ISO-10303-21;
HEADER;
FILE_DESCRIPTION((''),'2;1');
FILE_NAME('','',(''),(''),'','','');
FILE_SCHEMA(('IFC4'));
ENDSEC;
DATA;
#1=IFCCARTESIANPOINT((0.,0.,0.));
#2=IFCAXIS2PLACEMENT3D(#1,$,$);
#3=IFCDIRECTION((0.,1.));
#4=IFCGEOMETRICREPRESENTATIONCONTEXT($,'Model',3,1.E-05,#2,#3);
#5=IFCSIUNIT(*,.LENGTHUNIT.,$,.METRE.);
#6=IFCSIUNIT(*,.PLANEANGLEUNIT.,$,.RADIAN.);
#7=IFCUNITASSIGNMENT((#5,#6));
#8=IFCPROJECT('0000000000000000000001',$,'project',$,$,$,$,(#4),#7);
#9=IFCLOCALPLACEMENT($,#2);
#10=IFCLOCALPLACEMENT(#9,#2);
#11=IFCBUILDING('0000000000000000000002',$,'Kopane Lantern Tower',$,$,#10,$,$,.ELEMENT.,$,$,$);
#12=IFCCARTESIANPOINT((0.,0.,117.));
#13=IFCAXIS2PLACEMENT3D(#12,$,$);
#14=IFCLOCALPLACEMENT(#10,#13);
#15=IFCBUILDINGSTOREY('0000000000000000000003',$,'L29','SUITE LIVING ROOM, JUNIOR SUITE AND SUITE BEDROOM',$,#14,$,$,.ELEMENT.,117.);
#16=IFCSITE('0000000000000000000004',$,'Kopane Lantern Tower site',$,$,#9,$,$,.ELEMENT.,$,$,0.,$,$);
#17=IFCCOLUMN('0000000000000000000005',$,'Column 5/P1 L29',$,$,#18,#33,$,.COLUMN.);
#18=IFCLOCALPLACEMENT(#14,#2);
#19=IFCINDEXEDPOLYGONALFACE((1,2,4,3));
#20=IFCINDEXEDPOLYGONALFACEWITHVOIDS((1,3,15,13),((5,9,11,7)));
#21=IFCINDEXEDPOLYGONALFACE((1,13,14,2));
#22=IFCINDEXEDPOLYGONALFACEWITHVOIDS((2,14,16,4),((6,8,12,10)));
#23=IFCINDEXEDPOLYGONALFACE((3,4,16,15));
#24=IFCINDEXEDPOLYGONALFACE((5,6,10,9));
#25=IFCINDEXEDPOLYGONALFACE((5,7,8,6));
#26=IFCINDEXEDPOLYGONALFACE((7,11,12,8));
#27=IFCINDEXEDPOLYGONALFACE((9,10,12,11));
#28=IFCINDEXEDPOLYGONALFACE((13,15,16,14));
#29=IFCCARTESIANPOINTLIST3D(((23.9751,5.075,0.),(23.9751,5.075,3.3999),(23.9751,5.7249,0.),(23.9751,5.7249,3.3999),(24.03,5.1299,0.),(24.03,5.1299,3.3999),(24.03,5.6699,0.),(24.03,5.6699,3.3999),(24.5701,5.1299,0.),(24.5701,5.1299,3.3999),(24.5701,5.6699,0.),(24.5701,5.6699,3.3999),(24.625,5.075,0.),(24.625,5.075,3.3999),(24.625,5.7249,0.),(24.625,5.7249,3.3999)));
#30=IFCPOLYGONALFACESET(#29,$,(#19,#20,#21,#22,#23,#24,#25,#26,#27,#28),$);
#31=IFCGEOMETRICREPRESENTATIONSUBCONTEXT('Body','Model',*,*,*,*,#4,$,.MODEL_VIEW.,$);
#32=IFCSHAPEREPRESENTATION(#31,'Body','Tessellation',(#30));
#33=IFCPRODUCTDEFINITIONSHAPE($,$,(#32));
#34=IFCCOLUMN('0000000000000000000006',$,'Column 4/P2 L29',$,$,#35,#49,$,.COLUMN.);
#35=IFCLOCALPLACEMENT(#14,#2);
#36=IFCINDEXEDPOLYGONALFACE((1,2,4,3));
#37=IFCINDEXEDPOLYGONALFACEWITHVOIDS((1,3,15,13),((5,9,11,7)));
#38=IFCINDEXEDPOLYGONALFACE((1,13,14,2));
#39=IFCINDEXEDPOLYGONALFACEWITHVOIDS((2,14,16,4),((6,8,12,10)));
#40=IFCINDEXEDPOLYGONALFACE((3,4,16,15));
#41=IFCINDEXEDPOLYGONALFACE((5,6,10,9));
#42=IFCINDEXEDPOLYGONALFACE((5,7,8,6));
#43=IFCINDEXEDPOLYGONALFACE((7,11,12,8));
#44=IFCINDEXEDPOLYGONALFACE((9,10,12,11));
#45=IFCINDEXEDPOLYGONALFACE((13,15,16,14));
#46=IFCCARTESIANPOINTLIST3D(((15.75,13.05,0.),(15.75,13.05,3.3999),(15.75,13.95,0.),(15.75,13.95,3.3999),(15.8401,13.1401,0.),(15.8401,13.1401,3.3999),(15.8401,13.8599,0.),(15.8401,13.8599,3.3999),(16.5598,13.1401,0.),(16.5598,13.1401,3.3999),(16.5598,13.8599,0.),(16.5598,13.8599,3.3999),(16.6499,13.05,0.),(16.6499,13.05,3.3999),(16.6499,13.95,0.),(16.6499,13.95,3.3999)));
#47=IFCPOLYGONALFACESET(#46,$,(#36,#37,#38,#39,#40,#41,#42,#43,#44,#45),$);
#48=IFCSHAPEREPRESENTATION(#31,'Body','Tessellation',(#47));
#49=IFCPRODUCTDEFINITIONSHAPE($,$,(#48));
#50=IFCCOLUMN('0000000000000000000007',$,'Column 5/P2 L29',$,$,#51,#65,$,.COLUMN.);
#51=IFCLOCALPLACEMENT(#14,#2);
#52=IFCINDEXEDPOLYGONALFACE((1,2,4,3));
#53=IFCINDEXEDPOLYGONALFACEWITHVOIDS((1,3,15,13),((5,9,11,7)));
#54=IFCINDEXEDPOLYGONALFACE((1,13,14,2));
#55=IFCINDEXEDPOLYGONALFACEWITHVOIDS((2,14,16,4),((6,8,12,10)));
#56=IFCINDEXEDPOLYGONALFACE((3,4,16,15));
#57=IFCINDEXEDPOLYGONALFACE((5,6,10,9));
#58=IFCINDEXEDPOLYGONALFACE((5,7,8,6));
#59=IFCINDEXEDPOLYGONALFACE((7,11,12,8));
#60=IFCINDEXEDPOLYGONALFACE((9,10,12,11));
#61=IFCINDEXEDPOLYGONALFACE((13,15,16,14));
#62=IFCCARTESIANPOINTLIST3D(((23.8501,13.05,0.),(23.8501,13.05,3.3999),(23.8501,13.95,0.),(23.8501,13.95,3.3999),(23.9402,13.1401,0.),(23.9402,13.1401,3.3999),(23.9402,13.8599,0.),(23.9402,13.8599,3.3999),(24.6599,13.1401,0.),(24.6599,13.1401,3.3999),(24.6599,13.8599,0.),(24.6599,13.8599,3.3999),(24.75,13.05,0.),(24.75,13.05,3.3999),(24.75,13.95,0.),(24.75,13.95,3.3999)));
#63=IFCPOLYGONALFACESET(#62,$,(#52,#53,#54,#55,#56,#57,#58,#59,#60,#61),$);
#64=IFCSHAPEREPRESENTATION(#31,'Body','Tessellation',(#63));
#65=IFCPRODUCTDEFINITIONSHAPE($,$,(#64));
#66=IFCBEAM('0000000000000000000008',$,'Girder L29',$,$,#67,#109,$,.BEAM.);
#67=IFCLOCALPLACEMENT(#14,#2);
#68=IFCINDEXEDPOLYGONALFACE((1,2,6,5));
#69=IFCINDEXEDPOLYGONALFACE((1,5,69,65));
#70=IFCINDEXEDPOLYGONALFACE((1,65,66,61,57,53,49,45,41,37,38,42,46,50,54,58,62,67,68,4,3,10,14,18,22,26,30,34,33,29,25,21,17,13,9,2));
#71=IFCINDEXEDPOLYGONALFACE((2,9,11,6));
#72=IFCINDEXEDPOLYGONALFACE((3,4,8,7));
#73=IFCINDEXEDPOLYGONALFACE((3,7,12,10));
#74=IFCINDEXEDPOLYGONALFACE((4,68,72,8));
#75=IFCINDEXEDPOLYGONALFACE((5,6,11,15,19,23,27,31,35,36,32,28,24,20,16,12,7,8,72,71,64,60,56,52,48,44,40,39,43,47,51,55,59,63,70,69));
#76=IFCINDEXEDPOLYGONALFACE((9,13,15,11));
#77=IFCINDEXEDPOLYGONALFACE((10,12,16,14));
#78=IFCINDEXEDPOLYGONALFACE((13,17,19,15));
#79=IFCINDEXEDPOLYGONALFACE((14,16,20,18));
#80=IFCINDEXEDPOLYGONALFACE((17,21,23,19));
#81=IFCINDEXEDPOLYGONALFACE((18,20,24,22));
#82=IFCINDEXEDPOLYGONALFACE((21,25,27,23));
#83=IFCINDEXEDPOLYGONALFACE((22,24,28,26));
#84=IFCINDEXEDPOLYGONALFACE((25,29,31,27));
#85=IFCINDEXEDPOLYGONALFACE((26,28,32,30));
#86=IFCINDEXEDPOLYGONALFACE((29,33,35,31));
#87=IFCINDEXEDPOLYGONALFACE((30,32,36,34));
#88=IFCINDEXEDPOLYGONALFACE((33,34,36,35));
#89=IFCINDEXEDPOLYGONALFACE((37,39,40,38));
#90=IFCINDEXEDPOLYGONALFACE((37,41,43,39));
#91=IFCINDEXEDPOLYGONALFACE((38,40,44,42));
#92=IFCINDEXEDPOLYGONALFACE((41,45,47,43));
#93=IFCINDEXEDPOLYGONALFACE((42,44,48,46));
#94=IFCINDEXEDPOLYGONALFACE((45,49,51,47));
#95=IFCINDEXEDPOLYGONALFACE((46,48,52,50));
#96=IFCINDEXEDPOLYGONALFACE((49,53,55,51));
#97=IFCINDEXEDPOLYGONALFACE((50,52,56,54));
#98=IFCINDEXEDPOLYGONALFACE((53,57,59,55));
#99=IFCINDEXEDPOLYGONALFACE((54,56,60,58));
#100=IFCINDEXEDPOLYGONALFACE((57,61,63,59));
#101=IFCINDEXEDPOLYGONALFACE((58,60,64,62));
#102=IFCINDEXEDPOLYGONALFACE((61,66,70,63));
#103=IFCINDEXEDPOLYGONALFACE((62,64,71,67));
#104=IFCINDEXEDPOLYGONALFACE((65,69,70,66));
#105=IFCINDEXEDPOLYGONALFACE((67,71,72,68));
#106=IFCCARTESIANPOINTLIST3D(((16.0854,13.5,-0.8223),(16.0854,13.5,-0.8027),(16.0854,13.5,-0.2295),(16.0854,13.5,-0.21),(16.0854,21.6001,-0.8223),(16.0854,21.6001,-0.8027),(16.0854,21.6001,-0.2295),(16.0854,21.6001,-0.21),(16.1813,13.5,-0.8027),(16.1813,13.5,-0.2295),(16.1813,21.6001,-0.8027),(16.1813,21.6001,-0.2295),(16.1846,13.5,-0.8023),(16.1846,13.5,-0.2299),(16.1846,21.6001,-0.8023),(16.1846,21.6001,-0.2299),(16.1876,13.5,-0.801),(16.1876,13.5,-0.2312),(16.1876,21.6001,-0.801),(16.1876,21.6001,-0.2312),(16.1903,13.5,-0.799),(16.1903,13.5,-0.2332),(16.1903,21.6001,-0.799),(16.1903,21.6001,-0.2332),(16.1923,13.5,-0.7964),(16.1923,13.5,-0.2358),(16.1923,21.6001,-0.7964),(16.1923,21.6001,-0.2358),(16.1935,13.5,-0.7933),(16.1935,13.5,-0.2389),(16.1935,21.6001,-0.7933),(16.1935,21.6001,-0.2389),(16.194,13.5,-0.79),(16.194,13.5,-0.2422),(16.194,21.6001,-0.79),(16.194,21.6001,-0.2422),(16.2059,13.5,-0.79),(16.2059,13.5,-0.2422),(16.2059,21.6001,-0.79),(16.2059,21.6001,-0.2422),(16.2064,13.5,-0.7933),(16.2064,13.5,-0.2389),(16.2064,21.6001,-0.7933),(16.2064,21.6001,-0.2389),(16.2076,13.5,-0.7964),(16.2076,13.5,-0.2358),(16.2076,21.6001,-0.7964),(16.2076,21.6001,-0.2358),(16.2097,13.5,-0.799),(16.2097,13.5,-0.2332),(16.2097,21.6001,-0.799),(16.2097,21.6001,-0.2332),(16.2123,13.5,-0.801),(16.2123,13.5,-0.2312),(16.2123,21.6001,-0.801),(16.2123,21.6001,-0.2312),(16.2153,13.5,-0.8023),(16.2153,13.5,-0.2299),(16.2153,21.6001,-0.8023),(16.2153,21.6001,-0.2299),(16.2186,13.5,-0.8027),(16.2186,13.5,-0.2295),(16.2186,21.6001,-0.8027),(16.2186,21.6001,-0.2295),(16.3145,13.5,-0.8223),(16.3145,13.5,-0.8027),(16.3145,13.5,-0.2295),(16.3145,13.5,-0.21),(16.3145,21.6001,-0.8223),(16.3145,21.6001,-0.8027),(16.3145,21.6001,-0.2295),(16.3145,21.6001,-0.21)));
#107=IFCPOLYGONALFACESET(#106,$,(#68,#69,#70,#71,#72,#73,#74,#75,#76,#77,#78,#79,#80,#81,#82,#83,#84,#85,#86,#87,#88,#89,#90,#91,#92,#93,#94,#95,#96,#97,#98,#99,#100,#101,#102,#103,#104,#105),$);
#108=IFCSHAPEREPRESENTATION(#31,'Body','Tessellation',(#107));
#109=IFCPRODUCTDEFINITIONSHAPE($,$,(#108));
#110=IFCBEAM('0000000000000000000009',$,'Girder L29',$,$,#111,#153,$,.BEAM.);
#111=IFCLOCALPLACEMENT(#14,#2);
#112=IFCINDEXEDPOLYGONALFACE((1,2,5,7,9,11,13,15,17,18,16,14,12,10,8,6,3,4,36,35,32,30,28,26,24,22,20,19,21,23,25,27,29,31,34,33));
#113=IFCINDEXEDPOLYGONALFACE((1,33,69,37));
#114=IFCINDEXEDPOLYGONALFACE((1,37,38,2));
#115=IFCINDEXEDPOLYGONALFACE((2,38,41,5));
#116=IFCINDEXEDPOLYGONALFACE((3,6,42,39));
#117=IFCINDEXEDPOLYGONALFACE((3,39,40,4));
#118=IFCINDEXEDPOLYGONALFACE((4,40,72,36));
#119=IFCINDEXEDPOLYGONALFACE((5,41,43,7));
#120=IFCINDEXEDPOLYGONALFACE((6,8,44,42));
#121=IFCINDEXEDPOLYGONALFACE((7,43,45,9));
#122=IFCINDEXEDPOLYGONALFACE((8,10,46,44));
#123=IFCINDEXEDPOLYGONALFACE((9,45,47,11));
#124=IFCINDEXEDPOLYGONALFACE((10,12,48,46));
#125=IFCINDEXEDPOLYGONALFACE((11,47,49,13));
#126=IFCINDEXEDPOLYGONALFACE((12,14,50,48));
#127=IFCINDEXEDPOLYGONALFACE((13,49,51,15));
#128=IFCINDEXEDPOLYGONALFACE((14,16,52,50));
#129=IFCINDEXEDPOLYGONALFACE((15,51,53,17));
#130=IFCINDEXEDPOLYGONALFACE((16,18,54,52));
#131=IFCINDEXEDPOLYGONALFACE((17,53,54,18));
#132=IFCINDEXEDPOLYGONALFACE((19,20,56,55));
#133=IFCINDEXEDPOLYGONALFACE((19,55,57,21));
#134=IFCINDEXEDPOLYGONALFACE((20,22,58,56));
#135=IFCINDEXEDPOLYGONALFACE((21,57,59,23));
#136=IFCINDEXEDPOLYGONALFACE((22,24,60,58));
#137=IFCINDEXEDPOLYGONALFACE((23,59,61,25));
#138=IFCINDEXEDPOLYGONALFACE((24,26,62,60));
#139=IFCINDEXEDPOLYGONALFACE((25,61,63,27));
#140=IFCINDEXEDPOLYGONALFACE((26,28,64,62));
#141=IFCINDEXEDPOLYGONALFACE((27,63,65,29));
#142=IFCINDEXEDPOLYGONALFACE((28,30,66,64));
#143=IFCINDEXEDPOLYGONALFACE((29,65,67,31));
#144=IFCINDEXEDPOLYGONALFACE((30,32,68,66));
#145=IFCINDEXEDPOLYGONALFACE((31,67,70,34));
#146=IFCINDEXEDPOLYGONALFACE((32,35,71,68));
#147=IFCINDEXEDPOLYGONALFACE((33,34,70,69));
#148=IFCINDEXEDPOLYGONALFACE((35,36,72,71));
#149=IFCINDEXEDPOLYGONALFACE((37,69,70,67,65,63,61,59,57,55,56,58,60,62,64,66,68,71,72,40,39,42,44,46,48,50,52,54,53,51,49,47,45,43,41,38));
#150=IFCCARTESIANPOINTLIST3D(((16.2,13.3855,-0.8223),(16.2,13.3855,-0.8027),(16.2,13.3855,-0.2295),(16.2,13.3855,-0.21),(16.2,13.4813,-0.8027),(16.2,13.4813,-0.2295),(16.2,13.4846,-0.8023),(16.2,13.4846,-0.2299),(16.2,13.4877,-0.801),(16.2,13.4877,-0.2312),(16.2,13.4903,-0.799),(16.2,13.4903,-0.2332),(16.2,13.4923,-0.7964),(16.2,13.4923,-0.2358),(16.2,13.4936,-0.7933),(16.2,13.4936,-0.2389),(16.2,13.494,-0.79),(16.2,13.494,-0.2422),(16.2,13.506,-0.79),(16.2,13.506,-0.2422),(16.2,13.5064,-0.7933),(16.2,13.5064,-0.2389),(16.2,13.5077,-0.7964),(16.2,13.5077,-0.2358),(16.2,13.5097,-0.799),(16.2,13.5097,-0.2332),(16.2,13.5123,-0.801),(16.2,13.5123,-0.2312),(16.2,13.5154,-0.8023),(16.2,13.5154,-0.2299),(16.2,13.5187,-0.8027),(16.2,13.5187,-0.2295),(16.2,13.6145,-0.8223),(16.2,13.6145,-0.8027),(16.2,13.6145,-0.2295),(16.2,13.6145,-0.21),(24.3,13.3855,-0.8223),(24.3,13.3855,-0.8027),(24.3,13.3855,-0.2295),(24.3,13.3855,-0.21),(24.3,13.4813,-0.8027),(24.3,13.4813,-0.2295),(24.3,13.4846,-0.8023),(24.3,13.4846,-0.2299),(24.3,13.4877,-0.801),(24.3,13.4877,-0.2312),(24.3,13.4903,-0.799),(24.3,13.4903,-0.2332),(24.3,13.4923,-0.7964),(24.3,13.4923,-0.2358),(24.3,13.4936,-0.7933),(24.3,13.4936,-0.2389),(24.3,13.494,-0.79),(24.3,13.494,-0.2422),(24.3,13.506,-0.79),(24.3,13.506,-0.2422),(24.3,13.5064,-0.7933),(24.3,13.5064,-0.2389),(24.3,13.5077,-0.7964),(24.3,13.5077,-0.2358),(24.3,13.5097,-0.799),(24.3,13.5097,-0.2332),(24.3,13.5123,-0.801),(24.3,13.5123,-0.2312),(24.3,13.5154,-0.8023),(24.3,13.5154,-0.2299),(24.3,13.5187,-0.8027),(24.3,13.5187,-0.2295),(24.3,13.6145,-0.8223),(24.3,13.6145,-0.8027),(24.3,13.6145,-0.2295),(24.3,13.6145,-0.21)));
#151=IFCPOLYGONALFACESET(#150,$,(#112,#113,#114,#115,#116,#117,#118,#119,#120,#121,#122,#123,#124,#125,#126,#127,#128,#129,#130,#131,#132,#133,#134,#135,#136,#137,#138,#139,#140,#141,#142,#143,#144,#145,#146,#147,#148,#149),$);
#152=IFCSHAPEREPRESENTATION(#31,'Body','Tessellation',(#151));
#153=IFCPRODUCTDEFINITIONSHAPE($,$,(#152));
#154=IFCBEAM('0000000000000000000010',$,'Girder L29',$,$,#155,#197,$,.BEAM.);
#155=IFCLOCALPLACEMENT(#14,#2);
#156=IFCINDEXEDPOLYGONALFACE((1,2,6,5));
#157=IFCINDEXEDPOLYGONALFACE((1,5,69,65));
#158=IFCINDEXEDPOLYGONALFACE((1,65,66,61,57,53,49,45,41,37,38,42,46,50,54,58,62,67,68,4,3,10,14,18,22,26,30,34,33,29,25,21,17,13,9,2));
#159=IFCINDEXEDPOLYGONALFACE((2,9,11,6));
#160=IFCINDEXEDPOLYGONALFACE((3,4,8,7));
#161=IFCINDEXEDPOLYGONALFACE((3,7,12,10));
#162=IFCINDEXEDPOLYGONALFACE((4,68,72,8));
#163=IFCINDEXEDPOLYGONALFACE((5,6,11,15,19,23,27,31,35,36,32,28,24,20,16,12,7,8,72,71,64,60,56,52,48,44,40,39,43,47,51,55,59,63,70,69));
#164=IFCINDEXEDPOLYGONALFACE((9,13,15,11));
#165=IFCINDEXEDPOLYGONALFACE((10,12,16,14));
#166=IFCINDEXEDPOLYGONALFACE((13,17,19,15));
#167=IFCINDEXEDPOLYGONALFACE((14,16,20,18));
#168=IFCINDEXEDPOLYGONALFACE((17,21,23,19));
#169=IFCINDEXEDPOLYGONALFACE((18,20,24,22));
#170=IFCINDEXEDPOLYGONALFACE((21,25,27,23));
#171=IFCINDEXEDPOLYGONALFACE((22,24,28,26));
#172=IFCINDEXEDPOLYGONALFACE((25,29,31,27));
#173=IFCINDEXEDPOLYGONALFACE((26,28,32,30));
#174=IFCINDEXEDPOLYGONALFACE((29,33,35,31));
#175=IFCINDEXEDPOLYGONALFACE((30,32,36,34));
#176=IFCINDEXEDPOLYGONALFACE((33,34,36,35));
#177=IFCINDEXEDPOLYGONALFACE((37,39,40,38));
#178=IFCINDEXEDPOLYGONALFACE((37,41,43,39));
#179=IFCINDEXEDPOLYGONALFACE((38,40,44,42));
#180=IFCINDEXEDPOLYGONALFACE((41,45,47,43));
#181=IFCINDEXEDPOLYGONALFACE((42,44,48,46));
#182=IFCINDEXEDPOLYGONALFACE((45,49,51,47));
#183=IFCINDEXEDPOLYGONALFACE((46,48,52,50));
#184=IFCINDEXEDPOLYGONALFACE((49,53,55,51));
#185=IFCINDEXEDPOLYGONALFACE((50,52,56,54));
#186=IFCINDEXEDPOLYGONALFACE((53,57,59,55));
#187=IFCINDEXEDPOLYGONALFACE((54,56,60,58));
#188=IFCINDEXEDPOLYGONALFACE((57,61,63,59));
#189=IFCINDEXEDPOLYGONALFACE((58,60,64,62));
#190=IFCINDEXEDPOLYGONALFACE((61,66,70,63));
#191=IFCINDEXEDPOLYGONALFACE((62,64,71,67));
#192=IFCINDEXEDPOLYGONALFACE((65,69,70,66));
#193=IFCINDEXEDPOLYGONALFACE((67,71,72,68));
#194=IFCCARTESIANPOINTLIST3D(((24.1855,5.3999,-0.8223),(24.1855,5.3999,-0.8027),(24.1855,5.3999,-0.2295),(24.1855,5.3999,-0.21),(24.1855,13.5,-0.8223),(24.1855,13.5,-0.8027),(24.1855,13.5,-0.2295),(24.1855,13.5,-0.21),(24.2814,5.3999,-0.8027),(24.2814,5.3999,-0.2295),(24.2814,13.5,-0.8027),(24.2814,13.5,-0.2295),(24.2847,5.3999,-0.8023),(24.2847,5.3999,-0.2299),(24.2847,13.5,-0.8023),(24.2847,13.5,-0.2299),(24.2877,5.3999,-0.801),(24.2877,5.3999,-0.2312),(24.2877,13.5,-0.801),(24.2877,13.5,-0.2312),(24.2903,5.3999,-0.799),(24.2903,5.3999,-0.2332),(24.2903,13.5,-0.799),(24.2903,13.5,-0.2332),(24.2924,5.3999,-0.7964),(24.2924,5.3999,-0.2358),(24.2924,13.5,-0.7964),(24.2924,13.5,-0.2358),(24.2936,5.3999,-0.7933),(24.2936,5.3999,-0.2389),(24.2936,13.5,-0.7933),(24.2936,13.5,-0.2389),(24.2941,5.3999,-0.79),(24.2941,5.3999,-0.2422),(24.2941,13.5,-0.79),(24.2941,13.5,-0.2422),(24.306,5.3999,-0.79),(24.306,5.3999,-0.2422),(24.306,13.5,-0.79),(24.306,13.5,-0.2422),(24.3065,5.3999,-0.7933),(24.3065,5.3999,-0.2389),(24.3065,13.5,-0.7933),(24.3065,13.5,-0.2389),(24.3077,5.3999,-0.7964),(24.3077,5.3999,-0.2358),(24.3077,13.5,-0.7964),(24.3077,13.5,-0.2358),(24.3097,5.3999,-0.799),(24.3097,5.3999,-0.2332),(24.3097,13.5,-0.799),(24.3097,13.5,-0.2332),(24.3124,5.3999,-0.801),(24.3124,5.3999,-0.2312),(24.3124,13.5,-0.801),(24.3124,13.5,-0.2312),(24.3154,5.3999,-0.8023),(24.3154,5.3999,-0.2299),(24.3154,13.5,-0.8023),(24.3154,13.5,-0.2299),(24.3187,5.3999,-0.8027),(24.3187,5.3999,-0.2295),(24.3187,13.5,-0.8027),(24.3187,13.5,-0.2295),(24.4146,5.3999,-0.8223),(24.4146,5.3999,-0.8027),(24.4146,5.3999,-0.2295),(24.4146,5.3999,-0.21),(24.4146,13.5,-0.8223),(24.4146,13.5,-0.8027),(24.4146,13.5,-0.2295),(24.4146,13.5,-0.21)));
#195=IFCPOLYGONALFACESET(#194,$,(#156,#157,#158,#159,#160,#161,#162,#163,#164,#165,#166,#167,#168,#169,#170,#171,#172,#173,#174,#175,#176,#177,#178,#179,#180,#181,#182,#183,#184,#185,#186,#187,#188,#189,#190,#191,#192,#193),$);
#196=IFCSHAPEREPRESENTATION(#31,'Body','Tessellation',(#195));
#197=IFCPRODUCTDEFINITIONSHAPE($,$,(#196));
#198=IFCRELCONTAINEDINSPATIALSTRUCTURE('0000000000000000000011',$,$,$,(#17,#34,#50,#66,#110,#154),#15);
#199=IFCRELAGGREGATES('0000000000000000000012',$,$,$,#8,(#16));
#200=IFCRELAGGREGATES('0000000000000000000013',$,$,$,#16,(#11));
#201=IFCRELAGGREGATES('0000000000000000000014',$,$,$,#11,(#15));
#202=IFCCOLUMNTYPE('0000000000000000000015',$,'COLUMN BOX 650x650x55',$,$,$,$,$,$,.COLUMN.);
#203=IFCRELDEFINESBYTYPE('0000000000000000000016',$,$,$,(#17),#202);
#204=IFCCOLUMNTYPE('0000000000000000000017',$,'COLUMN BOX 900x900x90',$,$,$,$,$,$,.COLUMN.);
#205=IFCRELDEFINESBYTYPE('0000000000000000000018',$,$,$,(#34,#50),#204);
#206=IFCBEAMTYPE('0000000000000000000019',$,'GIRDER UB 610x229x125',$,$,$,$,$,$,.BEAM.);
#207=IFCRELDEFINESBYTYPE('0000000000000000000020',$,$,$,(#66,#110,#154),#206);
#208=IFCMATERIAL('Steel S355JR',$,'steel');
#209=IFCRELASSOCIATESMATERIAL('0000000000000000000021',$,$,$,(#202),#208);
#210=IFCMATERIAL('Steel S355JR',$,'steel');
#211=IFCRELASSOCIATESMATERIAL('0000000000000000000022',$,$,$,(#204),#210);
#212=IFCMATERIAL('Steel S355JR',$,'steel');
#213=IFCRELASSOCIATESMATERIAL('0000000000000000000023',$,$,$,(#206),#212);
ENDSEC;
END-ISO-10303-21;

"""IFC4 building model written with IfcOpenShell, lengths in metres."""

from ifc_helpers import new_model, si_unit, direction, frame, origin, origin_2d, place, context, subcontext, project, spatial, hollow_rectangle, i_section, extrude, material, material_profile, profile_set, type_object, element, save


model = new_model("IFC4")

# Units and contexts
model_context = context("Model", 3, precision=1e-05, world=origin(), true_north=direction((0.0, 1.0)))
body_context = subcontext(model_context, "Body", "Model", "MODEL_VIEW")
ifc_project = project(units=[si_unit("LENGTHUNIT", "METRE"), si_unit("PLANEANGLEUNIT", "RADIAN")], contexts=[model_context])

# Site, building, storey
site_placement = place(None, origin())
site = spatial("IfcSite", under=ifc_project, at=site_placement, Name="Kopane Lantern Tower site", CompositionType="ELEMENT", RefElevation=0.0)
building_placement = place(site_placement, origin())
building = spatial("IfcBuilding", under=site, at=building_placement, Name="Kopane Lantern Tower", CompositionType="ELEMENT")
storey_placement = place(building_placement, frame((0.0, 0.0, 117.0)))
storey = spatial("IfcBuildingStorey", under=building, at=storey_placement, Name="L29", Description="SUITE LIVING ROOM, JUNIOR SUITE AND SUITE BEDROOM", CompositionType="ELEMENT", Elevation=117.0)

# Columns
ifc_material_1 = material(Name="Steel S355JR", Category="steel")
ifc_material_profile_1 = material_profile(ifc_material_1, hollow_rectangle(XDim=0.6499, YDim=0.6499, WallThickness=0.0549, at=origin_2d()), Name="BOX 650x650x55")
ifc_profile_set_1 = profile_set([ifc_material_profile_1], Name="Steel S355JR")
column_type_1 = type_object("IfcColumnType", Name="COLUMN BOX 650x650x55", PredefinedType="COLUMN", material=ifc_profile_set_1)
column_placement = place(storey_placement, frame((24.3, 5.3999, 0.0), z_axis=(0.0, 0.0, 1.0), x_axis=(1.0, 0.0, 0.0)))
element("IfcColumn", 1, at=column_placement, inside=storey, type_object=column_type_1, Name="Column 5/P1 L29", PredefinedType="COLUMN", context=body_context, shape_type="SweptSolid", body=[
    extrude(hollow_rectangle(XDim=0.6499, YDim=0.6499, WallThickness=0.0549, at=origin_2d()), origin(), (0.0, 0.0, 1.0), 3.3999),
])
ifc_material_2 = material(Name="Steel S355JR", Category="steel")
ifc_material_profile_2 = material_profile(ifc_material_2, hollow_rectangle(XDim=0.8999, YDim=0.8999, WallThickness=0.0901, at=origin_2d()), Name="BOX 900x900x90")
ifc_profile_set_2 = profile_set([ifc_material_profile_2], Name="Steel S355JR")
column_type_2 = type_object("IfcColumnType", Name="COLUMN BOX 900x900x90", PredefinedType="COLUMN", material=ifc_profile_set_2)
for number, where, z_axis, x_axis, name in (
    (2, (16.2, 13.5, 0.0), (0.0, 0.0, 1.0), (1.0, 0.0, 0.0), "Column 4/P2 L29"),
    (3, (24.3, 13.5, 0.0), (0.0, 0.0, 1.0), (1.0, 0.0, 0.0), "Column 5/P2 L29"),
):
    element("IfcColumn", number, at=place(storey_placement, frame(where, z_axis=z_axis, x_axis=x_axis)), inside=storey, type_object=column_type_2, Name=name, PredefinedType="COLUMN", context=body_context, shape_type="SweptSolid", body=[
        extrude(hollow_rectangle(XDim=0.8999, YDim=0.8999, WallThickness=0.0901, at=origin_2d()), origin(), (0.0, 0.0, 1.0), 3.3999),
    ])

# Beams
ifc_material_3 = material(Name="Steel S355JR", Category="steel")
ifc_material_profile_3 = material_profile(ifc_material_3, i_section(OverallWidth=0.229, OverallDepth=0.6123, WebThickness=0.012, FlangeThickness=0.0195, FilletRadius=0.0127, at=origin_2d()), Name="UB 610x229x125")
ifc_profile_set_3 = profile_set([ifc_material_profile_3], Name="Steel S355JR")
beam_type = type_object("IfcBeamType", Name="GIRDER UB 610x229x125", PredefinedType="BEAM", material=ifc_profile_set_3)
for number, where, z_axis, x_axis, name in (
    (4, (16.2, 13.5, -0.5161), (0.0, 1.0, 0.0), (-1.0, 0.0, 0.0), "Girder L29"),
    (5, (16.2, 13.5, -0.5161), (1.0, 0.0, 0.0), (0.0, 1.0, 0.0), "Girder L29"),
    (6, (24.3, 5.3999, -0.5161), (0.0, 1.0, 0.0), (-1.0, 0.0, 0.0), "Girder L29"),
):
    element("IfcBeam", number, at=place(storey_placement, frame(where, z_axis=z_axis, x_axis=x_axis)), inside=storey, type_object=beam_type, Name=name, PredefinedType="BEAM", context=body_context, shape_type="SweptSolid", body=[
        extrude(i_section(OverallWidth=0.229, OverallDepth=0.6123, WebThickness=0.012, FlangeThickness=0.0195, FilletRadius=0.0127, at=origin_2d()), origin(), (0.0, 0.0, 1.0), 8.1001),
    ])

save(model, "model.ifc")
